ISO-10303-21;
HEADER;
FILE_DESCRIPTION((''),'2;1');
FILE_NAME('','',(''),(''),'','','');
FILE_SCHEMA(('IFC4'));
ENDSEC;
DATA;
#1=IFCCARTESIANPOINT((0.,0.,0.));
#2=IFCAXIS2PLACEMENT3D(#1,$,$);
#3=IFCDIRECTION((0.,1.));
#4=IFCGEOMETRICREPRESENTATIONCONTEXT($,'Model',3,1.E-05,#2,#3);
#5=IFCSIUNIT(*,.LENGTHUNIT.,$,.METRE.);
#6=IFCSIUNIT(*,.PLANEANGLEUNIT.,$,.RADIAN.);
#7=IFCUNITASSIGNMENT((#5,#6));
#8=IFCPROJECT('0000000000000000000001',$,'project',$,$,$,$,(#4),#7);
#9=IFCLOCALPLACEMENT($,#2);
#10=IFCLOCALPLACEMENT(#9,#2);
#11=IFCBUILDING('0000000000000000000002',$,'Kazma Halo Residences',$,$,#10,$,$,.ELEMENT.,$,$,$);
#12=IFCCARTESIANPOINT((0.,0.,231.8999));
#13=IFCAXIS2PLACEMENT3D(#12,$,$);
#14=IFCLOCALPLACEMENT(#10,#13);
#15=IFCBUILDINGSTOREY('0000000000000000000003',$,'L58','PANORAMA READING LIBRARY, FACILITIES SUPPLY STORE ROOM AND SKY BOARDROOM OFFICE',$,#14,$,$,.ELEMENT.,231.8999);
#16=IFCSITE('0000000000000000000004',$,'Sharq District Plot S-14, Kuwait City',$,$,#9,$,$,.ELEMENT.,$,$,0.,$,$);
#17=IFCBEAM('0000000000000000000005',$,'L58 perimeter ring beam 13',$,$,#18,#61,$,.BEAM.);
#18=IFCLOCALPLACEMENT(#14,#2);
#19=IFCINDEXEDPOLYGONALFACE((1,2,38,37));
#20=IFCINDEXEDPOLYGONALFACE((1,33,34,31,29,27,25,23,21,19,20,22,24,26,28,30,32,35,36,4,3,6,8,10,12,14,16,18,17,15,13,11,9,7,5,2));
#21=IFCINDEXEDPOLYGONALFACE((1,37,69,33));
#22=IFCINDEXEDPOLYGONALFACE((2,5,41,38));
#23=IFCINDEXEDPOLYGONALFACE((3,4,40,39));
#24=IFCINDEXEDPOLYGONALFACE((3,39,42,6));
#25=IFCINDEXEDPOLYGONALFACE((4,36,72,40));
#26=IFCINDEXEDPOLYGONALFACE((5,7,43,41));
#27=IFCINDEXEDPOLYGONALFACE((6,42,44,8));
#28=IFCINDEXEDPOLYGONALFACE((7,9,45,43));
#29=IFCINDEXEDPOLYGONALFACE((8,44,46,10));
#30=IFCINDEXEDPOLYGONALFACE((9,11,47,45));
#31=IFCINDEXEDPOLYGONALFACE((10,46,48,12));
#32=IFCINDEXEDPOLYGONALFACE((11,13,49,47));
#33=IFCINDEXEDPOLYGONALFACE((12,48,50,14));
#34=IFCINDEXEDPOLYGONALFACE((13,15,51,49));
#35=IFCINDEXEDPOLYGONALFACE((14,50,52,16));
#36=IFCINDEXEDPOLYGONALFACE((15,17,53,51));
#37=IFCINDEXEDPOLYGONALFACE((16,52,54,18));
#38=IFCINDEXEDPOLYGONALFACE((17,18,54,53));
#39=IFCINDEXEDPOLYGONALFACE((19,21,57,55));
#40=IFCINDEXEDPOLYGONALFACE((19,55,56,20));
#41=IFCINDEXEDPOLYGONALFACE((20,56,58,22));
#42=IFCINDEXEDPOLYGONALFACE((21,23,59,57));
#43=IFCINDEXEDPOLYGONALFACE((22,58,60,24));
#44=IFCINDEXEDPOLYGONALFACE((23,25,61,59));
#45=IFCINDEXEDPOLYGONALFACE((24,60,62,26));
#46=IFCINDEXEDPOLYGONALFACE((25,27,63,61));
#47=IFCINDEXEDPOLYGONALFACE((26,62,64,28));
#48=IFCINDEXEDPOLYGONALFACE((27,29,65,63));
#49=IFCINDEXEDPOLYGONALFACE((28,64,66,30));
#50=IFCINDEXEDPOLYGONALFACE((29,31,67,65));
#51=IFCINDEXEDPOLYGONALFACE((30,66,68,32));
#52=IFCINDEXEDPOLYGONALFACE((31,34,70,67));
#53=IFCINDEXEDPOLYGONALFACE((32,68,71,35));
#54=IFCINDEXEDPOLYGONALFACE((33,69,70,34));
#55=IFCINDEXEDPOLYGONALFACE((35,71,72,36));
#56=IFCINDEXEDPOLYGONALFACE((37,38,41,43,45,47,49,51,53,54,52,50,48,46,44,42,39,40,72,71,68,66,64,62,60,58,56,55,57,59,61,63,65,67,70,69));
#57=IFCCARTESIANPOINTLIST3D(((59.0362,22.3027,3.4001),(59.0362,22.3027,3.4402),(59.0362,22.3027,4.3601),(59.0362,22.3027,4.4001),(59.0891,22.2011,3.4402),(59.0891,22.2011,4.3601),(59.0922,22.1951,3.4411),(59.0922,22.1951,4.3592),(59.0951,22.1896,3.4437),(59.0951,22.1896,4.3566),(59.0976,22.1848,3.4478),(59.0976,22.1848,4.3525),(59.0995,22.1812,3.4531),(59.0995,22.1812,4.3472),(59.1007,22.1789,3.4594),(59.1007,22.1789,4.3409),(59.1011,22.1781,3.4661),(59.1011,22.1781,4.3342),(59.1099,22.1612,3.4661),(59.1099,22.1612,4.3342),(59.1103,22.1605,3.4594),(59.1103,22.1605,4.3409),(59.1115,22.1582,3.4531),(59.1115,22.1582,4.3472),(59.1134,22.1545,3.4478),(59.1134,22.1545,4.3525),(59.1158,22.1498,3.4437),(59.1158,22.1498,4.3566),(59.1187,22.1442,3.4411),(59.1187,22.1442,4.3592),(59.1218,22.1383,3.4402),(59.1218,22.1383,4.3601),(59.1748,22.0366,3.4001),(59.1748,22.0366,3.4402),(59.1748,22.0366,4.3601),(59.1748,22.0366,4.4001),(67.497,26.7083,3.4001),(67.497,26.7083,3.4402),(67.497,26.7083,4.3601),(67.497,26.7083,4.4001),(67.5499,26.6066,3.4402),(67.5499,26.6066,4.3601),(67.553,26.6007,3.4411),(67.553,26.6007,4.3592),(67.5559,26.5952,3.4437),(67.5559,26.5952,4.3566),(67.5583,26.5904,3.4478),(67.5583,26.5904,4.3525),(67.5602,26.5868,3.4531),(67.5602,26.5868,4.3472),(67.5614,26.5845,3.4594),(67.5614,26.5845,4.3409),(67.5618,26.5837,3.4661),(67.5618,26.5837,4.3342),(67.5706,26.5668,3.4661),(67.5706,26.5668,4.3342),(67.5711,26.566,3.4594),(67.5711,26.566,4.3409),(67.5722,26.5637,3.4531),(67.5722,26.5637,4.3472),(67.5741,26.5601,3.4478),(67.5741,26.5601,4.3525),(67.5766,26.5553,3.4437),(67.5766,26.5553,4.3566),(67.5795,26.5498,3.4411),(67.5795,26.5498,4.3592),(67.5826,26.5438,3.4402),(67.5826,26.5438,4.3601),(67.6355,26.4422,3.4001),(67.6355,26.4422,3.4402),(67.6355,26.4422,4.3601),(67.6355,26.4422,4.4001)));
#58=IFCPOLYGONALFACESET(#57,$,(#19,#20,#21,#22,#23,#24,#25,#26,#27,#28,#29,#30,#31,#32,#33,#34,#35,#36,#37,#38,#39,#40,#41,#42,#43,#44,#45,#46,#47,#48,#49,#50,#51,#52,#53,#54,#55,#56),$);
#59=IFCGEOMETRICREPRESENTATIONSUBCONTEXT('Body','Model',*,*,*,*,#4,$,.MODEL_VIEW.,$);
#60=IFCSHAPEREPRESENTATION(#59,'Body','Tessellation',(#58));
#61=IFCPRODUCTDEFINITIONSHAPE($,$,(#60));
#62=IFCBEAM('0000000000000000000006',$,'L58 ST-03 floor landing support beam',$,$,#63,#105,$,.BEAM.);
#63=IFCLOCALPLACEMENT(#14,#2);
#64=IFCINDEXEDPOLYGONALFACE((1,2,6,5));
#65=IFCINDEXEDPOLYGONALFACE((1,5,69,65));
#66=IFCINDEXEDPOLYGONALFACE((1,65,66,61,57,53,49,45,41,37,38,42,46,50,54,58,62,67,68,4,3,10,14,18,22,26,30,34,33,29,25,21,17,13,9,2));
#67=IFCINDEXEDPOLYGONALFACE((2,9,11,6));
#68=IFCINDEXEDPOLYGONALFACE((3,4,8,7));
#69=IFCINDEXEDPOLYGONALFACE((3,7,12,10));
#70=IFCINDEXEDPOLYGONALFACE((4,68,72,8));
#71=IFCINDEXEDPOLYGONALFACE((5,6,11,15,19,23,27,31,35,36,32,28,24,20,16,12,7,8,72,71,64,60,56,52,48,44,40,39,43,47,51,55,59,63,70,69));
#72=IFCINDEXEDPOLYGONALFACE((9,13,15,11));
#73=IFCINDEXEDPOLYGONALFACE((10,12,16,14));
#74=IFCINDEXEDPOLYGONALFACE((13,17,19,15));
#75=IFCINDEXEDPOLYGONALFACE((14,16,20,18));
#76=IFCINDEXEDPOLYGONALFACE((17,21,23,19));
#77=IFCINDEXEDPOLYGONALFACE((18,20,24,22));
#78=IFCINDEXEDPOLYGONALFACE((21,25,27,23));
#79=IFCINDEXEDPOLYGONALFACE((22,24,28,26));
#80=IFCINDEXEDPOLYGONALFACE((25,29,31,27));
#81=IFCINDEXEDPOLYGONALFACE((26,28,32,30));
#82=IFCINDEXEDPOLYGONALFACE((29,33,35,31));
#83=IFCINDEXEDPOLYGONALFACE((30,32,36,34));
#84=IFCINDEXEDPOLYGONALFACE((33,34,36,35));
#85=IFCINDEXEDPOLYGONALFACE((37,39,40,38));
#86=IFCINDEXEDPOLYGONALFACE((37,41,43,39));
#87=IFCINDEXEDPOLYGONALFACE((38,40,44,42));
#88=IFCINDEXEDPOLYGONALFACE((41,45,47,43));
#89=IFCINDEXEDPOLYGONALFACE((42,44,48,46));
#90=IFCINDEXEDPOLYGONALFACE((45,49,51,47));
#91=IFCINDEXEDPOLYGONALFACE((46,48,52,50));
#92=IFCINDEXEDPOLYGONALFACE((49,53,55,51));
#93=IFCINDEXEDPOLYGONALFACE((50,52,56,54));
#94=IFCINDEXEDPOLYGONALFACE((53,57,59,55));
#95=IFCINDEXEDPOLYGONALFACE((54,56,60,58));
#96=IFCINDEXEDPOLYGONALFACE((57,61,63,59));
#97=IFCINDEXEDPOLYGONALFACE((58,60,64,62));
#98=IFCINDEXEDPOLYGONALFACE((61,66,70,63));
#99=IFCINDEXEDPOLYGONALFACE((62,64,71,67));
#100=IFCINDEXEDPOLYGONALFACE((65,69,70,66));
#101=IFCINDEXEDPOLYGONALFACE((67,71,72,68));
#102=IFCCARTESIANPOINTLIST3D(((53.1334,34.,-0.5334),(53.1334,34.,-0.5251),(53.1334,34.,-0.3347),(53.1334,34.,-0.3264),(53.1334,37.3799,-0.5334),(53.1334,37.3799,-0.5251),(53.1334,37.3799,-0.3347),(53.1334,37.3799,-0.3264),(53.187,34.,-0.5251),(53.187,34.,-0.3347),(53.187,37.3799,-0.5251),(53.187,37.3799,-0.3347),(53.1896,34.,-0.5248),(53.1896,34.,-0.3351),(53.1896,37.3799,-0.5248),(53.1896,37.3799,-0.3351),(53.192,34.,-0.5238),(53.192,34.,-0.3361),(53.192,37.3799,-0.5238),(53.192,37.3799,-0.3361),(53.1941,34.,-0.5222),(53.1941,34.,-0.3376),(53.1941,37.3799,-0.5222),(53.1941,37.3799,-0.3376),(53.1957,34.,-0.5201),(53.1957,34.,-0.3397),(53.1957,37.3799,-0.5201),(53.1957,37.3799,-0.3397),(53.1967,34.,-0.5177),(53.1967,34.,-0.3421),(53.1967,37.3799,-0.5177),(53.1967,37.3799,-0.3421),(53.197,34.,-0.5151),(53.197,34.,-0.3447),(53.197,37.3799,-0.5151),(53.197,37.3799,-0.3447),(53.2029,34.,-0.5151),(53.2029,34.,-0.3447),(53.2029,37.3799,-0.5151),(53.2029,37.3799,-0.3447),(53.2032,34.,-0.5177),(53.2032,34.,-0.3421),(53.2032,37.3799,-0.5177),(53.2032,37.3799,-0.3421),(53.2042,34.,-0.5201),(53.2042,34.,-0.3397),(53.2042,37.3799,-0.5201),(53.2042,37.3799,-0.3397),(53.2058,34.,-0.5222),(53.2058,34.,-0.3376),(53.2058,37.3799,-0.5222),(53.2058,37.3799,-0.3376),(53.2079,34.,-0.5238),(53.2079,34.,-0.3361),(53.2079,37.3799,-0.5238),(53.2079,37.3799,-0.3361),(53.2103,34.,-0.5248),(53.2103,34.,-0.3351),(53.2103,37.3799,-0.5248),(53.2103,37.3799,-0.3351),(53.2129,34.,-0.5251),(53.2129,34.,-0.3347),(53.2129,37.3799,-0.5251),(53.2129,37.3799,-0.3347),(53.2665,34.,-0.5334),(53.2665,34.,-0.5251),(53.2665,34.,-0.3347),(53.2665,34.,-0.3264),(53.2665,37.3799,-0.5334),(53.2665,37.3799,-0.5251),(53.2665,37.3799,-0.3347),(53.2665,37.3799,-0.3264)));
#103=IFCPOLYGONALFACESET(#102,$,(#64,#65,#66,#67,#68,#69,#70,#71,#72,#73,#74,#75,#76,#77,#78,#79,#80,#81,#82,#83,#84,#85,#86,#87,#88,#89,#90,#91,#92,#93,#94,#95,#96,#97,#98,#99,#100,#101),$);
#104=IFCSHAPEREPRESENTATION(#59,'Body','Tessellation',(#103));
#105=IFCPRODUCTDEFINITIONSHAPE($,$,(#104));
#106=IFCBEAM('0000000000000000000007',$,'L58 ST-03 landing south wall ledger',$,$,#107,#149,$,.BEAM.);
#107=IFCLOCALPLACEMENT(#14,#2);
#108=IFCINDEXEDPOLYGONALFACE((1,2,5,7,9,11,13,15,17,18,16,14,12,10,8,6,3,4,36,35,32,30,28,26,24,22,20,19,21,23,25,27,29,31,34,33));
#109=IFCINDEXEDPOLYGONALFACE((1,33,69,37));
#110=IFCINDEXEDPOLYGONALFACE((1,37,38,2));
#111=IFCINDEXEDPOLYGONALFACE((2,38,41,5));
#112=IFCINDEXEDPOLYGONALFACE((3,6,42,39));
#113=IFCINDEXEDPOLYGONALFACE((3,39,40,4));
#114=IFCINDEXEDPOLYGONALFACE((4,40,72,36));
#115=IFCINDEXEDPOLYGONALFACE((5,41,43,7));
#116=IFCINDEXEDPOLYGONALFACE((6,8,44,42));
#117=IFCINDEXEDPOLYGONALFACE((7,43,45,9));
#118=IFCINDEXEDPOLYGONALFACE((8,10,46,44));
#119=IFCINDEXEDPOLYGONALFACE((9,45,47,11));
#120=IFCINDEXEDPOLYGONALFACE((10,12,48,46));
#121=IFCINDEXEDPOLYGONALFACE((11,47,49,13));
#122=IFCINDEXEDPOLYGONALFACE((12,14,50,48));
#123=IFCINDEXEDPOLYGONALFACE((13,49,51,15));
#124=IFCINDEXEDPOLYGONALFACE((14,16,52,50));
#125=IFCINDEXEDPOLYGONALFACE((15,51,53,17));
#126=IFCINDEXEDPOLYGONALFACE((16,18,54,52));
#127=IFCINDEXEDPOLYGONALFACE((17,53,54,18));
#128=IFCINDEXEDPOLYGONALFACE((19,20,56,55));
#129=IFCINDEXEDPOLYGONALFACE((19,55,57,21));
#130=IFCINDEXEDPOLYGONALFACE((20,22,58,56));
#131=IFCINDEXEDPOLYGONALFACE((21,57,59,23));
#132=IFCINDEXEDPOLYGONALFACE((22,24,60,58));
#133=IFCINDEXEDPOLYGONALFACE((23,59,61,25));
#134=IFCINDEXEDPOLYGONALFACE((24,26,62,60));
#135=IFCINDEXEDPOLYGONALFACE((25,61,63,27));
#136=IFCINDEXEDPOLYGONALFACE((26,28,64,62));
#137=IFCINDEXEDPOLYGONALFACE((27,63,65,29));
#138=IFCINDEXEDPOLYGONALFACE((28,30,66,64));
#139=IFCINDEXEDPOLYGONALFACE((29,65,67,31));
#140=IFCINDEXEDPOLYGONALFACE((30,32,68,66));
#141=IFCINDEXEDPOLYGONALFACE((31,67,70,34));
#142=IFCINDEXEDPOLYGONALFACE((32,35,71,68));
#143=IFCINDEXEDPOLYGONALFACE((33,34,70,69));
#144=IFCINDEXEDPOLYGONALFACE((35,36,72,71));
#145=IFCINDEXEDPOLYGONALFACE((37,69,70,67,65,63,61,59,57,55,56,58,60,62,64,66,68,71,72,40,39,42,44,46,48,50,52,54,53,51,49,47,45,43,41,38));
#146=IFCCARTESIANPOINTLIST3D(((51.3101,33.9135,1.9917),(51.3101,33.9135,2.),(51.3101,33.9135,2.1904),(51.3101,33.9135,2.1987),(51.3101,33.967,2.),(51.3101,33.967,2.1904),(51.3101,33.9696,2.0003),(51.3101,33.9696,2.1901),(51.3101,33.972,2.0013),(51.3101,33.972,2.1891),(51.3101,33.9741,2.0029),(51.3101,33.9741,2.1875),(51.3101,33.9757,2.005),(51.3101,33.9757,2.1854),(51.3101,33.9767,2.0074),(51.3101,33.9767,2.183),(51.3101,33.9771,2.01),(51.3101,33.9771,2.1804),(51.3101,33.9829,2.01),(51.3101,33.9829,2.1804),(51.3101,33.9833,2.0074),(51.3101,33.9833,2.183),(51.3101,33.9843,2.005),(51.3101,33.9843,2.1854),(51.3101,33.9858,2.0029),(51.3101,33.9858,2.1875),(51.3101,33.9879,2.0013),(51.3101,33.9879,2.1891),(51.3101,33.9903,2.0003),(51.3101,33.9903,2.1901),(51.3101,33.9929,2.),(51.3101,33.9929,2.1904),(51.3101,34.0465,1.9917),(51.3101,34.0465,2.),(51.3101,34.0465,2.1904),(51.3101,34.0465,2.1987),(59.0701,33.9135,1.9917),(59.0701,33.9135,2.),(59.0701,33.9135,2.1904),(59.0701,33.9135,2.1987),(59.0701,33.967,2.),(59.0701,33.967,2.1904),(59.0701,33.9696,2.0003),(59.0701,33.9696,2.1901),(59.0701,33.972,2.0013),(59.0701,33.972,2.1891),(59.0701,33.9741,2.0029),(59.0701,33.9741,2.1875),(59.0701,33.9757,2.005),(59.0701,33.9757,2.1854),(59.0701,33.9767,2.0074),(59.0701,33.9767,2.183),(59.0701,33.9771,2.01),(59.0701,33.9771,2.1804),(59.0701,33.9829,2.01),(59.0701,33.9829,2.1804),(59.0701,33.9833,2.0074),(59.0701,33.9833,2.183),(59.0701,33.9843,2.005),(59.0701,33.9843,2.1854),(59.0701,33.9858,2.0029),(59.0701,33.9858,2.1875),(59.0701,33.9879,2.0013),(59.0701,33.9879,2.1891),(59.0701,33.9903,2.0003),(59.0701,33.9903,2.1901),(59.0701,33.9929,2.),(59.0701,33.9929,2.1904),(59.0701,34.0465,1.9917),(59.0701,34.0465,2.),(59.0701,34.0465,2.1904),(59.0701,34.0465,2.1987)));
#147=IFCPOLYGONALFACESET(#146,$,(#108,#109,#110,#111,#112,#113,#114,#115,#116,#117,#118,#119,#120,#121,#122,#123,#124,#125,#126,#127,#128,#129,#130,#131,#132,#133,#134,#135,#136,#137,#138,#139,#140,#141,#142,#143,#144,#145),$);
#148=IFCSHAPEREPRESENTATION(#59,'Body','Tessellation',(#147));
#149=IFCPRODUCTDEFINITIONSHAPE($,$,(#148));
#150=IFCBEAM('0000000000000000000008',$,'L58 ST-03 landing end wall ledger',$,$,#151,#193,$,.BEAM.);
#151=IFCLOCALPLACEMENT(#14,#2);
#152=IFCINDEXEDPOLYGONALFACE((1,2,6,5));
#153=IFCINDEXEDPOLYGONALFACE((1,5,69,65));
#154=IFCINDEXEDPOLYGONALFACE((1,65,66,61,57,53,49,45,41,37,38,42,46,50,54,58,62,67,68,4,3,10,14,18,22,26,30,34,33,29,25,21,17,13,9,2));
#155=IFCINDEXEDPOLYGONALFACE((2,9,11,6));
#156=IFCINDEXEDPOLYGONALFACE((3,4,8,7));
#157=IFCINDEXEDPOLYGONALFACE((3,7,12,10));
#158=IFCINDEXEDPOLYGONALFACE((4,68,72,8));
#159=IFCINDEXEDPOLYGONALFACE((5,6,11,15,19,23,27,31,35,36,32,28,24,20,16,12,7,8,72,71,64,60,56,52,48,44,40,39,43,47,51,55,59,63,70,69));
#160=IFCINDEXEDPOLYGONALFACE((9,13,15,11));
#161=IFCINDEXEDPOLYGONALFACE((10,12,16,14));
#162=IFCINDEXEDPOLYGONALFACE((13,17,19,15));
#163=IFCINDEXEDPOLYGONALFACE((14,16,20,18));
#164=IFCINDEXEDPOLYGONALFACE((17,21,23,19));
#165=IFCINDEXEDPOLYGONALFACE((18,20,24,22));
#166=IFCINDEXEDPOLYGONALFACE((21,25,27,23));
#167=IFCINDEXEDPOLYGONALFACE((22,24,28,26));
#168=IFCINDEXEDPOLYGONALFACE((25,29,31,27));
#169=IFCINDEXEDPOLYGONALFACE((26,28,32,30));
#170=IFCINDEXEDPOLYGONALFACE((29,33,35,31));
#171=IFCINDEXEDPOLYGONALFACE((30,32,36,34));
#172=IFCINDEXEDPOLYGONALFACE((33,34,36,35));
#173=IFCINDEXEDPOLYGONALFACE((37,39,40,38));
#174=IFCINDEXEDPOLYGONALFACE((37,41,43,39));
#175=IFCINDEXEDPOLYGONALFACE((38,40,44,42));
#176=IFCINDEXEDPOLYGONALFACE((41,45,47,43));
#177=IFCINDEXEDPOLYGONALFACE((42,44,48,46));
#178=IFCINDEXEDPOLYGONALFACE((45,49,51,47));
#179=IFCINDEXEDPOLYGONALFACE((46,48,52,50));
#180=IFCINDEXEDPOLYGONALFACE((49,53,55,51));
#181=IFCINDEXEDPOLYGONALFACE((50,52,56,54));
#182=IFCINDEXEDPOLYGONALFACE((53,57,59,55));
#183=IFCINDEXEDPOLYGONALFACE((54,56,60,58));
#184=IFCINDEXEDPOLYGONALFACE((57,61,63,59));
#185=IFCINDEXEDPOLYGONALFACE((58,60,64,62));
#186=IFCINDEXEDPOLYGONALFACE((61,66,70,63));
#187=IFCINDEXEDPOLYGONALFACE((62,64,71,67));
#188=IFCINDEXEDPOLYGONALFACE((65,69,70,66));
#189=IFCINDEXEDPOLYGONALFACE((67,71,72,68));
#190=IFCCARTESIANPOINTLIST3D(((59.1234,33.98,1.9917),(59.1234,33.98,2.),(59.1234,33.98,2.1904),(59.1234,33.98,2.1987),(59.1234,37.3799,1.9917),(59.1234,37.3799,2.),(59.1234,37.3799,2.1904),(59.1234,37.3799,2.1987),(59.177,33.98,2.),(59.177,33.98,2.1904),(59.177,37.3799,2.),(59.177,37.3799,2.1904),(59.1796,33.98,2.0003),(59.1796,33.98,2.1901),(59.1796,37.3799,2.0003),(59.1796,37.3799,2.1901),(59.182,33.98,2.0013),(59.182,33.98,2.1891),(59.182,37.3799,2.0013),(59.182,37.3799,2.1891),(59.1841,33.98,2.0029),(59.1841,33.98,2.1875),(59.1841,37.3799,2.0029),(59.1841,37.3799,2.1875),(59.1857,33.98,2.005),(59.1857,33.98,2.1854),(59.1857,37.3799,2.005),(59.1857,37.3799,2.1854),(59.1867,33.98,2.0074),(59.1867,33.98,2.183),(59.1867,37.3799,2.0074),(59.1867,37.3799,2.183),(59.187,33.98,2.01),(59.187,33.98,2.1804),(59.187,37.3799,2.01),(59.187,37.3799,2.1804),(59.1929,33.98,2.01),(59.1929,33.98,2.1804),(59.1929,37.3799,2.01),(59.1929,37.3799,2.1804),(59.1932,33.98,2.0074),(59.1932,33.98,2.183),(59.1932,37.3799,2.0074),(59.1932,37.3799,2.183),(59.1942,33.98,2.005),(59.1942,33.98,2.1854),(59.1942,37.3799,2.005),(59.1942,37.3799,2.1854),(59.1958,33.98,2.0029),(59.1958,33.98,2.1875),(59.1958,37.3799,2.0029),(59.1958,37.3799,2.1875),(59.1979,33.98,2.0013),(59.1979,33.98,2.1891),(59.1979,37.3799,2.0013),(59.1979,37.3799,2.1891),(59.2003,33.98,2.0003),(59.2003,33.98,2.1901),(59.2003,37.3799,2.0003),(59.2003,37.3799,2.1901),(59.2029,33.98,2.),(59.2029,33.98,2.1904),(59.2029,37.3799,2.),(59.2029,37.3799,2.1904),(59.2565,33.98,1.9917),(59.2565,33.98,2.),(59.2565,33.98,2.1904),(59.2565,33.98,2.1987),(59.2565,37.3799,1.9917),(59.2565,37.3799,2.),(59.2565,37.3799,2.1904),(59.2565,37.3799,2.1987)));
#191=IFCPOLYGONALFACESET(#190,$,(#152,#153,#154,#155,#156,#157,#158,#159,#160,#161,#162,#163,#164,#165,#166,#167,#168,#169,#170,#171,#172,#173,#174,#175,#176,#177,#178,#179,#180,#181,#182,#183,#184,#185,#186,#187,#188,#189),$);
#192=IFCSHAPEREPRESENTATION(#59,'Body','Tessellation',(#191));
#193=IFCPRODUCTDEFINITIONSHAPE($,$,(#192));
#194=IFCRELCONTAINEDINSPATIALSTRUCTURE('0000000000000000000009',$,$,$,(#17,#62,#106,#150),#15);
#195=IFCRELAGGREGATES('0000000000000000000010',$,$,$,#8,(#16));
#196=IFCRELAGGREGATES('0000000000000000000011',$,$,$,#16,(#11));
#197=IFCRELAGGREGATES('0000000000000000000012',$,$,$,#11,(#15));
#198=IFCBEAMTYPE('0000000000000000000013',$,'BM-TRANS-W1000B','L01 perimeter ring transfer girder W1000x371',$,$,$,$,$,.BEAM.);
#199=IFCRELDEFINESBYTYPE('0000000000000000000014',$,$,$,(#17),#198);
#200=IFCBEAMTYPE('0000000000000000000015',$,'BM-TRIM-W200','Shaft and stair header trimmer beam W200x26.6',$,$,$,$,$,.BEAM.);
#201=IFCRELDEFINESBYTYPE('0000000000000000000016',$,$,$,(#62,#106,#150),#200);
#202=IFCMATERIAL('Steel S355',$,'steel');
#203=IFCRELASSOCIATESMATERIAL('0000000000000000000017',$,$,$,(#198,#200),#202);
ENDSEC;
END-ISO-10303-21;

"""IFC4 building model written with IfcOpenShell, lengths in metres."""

from ifc_helpers import new_model, si_unit, direction, frame, origin, origin_2d, place, context, subcontext, project, spatial, i_section, extrude, material, material_profile, profile_set, type_object, element, save


model = new_model("IFC4")

# Units and contexts
model_context = context("Model", 3, precision=1e-05, world=origin(), true_north=direction((0.0, 1.0)))
body_context = subcontext(model_context, "Body", "Model", "MODEL_VIEW")
ifc_project = project(units=[si_unit("LENGTHUNIT", "METRE"), si_unit("PLANEANGLEUNIT", "RADIAN")], contexts=[model_context])

# Site, building, storey
site_placement = place(None, origin())
site = spatial("IfcSite", under=ifc_project, at=site_placement, Name="Sharq District Plot S-14, Kuwait City", CompositionType="ELEMENT", RefElevation=0.0)
building_placement = place(site_placement, origin())
building = spatial("IfcBuilding", under=site, at=building_placement, Name="Kazma Halo Residences", CompositionType="ELEMENT")
storey_placement = place(building_placement, frame((0.0, 0.0, 231.8999)))
storey = spatial("IfcBuildingStorey", under=building, at=storey_placement, Name="L58", Description="PANORAMA READING LIBRARY, FACILITIES SUPPLY STORE ROOM AND SKY BOARDROOM OFFICE", CompositionType="ELEMENT", Elevation=231.8999)

# Beams
ifc_material_1 = material(Name="Steel S355", Category="steel")
ifc_material_profile_1 = material_profile(ifc_material_1, i_section(OverallWidth=0.3, OverallDepth=1.0, WebThickness=0.019, FlangeThickness=0.04, FilletRadius=0.0259, at=origin_2d()), Name="W1000x371")
ifc_profile_set_1 = profile_set([ifc_material_profile_1], Name="Steel S355")
beam_type_1 = type_object("IfcBeamType", Name="BM-TRANS-W1000B", Description="L01 perimeter ring transfer girder W1000x371", PredefinedType="BEAM", material=ifc_profile_set_1)
beam_1_placement = place(storey_placement, frame((59.1055, 22.1697, 3.9001), z_axis=(0.886961, 0.461844, 0.0), x_axis=(-0.461844, 0.886961, 0.0)))
element("IfcBeam", 1, at=beam_1_placement, inside=storey, type_object=beam_type_1, Name="L58 perimeter ring beam 13", PredefinedType="BEAM", context=body_context, shape_type="SweptSolid", body=[
    extrude(i_section(OverallWidth=0.3, OverallDepth=1.0, WebThickness=0.019, FlangeThickness=0.04, FilletRadius=0.0259, at=origin_2d()), origin(), (0.0, 0.0, 1.0), 9.5391),
])
ifc_material_profile_2 = material_profile(ifc_material_1, i_section(OverallWidth=0.1331, OverallDepth=0.207, WebThickness=0.0059, FlangeThickness=0.0083, FilletRadius=0.01, at=origin_2d()), Name="W200x26.6")
ifc_profile_set_2 = profile_set([ifc_material_profile_2], Name="Steel S355")
beam_type_2 = type_object("IfcBeamType", Name="BM-TRIM-W200", Description="Shaft and stair header trimmer beam W200x26.6", PredefinedType="BEAM", material=ifc_profile_set_2)
beam_2_placement = place(storey_placement, frame((53.2, 34.0, -0.4299), z_axis=(0.0, 1.0, 0.0), x_axis=(-1.0, 0.0, 0.0)))
element("IfcBeam", 2, at=beam_2_placement, inside=storey, type_object=beam_type_2, Name="L58 ST-03 floor landing support beam", PredefinedType="BEAM", context=body_context, shape_type="SweptSolid", body=[
    extrude(i_section(OverallWidth=0.1331, OverallDepth=0.207, WebThickness=0.0059, FlangeThickness=0.0083, FilletRadius=0.01, at=origin_2d()), origin(), (0.0, 0.0, 1.0), 3.3799),
])
beam_3_placement = place(storey_placement, frame((51.3101, 33.98, 2.0952), z_axis=(1.0, 0.0, 0.0), x_axis=(0.0, 1.0, 0.0)))
element("IfcBeam", 3, at=beam_3_placement, inside=storey, type_object=beam_type_2, Name="L58 ST-03 landing south wall ledger", PredefinedType="BEAM", context=body_context, shape_type="SweptSolid", body=[
    extrude(i_section(OverallWidth=0.1331, OverallDepth=0.207, WebThickness=0.0059, FlangeThickness=0.0083, FilletRadius=0.01, at=origin_2d()), origin(), (0.0, 0.0, 1.0), 7.76),
])
beam_4_placement = place(storey_placement, frame((59.1899, 33.98, 2.0952), z_axis=(0.0, 1.0, 0.0), x_axis=(-1.0, 0.0, 0.0)))
element("IfcBeam", 4, at=beam_4_placement, inside=storey, type_object=beam_type_2, Name="L58 ST-03 landing end wall ledger", PredefinedType="BEAM", context=body_context, shape_type="SweptSolid", body=[
    extrude(i_section(OverallWidth=0.1331, OverallDepth=0.207, WebThickness=0.0059, FlangeThickness=0.0083, FilletRadius=0.01, at=origin_2d()), origin(), (0.0, 0.0, 1.0), 3.3999),
])

save(model, "model.ifc")
